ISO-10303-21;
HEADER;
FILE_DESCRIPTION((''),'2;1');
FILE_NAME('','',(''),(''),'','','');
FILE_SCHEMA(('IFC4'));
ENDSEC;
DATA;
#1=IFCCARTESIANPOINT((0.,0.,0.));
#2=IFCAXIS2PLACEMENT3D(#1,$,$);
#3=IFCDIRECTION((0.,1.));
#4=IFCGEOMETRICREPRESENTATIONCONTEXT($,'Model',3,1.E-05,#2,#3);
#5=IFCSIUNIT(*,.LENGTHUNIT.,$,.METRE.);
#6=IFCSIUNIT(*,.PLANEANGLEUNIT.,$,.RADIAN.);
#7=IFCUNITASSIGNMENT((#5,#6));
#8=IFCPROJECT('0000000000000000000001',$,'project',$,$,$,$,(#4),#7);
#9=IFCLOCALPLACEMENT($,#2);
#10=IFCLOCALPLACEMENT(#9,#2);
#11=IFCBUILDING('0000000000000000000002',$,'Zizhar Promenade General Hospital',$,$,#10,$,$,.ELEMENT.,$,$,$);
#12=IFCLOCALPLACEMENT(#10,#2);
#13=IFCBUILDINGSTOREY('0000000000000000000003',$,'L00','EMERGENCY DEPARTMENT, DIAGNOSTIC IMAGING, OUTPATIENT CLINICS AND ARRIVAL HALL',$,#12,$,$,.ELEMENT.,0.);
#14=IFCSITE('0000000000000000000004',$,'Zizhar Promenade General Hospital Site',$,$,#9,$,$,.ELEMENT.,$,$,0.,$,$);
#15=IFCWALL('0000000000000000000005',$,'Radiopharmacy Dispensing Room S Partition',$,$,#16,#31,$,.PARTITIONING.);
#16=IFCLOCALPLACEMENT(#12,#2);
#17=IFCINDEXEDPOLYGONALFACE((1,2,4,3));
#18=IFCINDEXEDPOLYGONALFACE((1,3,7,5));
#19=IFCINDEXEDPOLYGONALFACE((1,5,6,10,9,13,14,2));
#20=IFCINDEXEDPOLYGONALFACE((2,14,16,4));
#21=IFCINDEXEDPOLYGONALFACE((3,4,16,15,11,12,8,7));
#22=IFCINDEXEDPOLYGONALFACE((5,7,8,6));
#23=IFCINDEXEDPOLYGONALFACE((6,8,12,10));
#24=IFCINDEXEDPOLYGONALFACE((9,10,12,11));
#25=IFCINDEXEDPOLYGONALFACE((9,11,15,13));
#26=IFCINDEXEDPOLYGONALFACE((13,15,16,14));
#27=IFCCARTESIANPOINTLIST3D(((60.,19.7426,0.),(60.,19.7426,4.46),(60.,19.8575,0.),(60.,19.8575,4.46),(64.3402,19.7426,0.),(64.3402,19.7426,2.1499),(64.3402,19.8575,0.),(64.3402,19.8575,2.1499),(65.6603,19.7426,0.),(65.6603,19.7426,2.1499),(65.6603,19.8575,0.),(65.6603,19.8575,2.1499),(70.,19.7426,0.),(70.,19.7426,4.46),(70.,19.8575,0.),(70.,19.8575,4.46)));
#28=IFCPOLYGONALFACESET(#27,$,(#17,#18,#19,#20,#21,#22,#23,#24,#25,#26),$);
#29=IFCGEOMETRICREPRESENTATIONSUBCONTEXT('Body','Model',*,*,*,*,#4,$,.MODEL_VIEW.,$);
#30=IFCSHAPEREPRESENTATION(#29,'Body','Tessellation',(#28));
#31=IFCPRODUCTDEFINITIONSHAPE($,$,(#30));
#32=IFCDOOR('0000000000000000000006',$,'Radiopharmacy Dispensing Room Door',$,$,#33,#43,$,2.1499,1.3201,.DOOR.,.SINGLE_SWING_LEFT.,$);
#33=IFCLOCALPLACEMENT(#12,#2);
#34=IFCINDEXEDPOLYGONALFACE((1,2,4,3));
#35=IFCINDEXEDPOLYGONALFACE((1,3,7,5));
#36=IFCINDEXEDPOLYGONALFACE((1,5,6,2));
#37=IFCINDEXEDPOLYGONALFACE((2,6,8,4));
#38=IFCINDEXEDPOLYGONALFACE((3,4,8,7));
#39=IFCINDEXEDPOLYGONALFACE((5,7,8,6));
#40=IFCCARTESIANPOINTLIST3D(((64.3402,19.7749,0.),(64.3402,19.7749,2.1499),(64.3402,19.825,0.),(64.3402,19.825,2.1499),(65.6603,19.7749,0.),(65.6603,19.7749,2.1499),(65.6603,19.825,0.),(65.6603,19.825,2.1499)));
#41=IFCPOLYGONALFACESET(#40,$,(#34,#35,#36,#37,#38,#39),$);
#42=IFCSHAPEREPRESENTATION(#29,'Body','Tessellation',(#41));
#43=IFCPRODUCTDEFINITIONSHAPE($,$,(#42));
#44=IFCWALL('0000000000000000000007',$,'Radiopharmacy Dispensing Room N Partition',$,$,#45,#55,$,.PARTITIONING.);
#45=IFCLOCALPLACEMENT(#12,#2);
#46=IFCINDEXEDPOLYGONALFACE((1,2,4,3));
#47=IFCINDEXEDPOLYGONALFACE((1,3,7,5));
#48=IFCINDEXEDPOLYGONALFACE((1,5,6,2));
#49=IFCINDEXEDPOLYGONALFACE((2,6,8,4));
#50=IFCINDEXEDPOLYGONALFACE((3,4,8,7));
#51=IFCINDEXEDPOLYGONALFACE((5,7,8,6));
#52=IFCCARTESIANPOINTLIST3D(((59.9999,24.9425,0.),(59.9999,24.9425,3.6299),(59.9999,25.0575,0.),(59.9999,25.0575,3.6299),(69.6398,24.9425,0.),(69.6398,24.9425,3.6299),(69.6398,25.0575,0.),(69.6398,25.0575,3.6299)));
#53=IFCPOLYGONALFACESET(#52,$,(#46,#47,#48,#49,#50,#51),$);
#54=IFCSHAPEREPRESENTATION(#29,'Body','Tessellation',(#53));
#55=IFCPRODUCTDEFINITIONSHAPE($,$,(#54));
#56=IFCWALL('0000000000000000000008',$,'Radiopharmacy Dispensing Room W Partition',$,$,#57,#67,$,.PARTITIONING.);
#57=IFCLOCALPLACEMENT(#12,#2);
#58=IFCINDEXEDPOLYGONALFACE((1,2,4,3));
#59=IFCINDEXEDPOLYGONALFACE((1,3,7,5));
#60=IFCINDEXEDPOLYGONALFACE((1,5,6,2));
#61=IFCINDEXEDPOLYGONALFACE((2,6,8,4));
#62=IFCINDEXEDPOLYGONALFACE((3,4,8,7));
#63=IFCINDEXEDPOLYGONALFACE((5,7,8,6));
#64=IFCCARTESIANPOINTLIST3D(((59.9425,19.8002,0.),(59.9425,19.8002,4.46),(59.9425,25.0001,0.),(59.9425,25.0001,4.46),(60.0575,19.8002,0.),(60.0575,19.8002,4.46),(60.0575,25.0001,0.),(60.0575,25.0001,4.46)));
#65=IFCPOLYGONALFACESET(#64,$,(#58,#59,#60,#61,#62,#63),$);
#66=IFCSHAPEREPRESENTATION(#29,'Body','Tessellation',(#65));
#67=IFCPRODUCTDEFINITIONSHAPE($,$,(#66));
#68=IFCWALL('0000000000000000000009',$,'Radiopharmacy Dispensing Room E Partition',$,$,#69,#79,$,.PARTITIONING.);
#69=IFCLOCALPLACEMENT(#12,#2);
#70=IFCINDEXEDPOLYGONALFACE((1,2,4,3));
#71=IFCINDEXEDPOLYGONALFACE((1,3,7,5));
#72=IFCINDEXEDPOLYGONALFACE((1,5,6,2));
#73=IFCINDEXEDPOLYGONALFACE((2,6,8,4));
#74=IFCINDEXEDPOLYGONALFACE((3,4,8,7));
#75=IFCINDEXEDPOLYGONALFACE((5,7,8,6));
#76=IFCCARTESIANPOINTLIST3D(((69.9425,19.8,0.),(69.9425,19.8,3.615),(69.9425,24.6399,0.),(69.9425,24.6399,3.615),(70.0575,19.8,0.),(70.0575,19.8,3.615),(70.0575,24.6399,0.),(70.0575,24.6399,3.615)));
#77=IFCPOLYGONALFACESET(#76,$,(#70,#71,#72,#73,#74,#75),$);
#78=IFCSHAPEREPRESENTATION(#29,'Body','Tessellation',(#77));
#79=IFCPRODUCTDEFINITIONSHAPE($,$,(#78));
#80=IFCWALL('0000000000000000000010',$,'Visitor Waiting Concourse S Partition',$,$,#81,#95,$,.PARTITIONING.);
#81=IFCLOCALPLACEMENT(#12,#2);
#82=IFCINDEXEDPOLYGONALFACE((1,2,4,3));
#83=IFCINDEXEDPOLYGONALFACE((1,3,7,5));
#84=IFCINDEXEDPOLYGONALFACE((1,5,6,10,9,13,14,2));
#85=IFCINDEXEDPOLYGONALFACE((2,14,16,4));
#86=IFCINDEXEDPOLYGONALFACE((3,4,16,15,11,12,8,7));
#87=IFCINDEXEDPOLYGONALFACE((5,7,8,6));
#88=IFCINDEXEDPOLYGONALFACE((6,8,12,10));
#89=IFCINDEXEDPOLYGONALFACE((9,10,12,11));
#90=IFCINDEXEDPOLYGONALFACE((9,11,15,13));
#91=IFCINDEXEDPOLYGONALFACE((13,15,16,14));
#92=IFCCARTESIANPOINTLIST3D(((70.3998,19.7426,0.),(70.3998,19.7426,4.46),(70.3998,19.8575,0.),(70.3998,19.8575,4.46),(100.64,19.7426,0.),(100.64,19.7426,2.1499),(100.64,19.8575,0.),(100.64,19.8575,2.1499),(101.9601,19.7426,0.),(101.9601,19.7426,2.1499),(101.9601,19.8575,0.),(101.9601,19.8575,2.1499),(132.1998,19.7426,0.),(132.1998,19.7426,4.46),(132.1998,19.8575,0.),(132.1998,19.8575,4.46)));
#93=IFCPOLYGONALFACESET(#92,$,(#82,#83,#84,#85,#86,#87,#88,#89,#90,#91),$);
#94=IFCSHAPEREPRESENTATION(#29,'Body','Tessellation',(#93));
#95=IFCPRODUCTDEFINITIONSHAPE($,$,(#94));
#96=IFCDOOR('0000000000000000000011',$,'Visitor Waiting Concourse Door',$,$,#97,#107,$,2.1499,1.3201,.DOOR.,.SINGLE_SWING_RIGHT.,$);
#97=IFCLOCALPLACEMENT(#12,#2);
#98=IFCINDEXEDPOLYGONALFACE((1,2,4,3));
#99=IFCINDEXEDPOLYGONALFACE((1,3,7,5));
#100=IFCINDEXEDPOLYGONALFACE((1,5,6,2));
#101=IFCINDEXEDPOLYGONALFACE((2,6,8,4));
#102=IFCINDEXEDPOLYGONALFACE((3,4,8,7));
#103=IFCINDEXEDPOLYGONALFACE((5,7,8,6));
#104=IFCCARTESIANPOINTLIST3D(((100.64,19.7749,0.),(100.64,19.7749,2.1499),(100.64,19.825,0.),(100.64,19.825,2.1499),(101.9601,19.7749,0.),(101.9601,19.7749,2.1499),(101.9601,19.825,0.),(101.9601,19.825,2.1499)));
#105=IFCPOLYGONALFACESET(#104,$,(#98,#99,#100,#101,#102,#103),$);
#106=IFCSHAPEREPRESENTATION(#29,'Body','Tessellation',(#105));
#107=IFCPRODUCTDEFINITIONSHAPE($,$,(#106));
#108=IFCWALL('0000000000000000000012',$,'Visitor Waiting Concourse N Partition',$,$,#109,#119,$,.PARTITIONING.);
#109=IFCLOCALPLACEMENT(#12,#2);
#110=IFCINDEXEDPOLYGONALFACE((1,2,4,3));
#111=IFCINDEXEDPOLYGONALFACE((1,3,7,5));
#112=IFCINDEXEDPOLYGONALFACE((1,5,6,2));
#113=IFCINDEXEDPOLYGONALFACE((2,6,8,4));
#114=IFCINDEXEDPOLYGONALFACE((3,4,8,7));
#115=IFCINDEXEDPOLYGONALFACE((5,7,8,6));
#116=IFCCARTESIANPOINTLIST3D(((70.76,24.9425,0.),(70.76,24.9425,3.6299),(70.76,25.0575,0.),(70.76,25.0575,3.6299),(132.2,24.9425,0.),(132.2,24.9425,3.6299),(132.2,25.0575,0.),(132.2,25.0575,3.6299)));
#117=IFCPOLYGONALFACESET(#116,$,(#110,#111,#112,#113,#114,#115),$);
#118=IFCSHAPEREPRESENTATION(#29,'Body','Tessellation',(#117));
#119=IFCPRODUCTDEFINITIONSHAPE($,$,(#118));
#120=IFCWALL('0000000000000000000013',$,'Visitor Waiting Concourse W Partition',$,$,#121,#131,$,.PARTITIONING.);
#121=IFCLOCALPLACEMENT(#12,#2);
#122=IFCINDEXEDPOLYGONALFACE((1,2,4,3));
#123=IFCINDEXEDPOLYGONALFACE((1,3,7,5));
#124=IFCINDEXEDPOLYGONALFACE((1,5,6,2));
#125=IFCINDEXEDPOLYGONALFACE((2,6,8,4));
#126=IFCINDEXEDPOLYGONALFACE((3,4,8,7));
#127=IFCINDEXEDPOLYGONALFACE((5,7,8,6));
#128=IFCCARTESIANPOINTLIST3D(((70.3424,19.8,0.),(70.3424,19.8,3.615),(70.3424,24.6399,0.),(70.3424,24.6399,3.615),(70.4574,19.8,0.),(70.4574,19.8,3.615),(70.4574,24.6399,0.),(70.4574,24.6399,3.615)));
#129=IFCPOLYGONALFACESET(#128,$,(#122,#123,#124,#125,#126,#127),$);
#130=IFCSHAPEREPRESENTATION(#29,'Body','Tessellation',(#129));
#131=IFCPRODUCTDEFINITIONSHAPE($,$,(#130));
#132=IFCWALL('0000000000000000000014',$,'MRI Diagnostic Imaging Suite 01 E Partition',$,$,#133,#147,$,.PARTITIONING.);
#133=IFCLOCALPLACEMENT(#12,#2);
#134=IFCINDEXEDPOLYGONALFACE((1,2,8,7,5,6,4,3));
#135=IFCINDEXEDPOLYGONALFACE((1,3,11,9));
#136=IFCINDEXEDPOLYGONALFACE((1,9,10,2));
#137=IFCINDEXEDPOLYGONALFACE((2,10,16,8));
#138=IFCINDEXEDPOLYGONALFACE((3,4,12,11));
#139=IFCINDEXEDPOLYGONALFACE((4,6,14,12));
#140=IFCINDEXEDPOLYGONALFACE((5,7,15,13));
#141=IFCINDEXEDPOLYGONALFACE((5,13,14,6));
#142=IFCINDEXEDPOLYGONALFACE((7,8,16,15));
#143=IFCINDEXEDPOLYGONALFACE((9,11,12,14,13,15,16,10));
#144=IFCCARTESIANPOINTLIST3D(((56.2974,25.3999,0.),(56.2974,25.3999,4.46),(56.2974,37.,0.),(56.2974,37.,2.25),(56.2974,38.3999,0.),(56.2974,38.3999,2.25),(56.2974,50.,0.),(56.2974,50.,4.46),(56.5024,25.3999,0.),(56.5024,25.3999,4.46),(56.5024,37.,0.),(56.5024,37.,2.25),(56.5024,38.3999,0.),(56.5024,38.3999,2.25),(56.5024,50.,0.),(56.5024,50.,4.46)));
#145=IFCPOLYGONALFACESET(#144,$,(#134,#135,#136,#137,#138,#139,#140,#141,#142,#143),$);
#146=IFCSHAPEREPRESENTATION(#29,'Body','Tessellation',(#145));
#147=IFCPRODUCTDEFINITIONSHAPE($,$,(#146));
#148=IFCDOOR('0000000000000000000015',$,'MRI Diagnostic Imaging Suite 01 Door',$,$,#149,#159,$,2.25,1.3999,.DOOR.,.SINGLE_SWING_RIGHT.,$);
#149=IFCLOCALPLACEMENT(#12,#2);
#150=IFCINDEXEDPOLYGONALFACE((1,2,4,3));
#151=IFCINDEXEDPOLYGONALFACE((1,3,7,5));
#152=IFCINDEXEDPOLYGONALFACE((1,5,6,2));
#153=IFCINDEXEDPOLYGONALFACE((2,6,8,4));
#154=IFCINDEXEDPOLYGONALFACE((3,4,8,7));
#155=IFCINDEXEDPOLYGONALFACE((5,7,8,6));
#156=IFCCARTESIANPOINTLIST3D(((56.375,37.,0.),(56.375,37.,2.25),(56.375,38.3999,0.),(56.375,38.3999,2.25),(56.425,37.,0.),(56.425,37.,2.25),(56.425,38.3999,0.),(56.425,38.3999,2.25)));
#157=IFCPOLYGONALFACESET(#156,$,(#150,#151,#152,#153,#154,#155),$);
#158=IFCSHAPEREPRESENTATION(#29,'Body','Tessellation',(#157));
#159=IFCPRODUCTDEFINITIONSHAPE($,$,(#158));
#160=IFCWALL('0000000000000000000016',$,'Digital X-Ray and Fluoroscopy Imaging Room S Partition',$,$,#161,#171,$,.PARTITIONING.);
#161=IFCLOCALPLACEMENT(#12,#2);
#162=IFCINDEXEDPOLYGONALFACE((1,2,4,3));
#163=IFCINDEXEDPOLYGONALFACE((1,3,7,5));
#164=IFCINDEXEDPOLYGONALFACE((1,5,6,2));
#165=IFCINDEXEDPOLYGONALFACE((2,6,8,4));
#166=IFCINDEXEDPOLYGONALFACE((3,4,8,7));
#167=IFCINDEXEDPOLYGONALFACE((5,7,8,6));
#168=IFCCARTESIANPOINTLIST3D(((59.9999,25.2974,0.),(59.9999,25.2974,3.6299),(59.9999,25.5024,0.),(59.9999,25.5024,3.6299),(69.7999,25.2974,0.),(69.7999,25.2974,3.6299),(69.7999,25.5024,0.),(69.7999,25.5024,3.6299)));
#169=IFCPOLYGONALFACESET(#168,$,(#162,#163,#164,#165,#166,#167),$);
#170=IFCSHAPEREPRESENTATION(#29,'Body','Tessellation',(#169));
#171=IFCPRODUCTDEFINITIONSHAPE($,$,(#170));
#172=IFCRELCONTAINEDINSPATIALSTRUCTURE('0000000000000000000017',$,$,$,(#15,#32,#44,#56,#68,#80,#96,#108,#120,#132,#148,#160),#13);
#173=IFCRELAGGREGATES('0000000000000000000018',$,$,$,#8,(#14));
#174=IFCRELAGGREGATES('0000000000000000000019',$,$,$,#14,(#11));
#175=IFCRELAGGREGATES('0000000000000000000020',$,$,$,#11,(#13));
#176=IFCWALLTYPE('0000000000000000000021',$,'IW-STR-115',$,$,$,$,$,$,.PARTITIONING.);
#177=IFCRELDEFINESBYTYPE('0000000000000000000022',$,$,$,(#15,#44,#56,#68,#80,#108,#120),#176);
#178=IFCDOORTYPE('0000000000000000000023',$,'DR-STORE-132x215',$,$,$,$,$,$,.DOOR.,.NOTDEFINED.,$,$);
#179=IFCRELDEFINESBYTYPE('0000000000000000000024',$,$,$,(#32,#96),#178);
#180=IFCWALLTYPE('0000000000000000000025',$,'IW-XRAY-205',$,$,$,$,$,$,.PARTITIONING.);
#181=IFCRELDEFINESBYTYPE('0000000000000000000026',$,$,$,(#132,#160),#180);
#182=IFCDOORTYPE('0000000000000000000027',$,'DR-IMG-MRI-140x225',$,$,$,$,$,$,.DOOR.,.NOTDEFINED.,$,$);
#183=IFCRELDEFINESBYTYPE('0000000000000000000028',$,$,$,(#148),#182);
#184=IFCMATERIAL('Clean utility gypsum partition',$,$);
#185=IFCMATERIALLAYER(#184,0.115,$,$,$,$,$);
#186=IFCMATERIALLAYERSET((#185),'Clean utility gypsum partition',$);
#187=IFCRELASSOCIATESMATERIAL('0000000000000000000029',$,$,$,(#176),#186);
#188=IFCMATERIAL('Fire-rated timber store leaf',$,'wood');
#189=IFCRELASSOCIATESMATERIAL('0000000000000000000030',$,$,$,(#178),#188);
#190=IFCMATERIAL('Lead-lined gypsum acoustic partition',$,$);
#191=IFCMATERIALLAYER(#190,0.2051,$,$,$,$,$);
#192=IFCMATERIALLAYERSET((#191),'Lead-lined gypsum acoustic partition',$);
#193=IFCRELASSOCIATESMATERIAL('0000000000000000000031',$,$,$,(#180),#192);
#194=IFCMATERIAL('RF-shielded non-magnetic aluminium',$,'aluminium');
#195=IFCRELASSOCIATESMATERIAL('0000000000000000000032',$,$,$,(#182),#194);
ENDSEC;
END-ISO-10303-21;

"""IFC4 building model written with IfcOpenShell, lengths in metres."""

from ifc_helpers import new_model, si_unit, direction, frame, frame_2d, origin, place, context, subcontext, project, spatial, rectangle, extrude, material, layer, layer_set, type_object, element, fill, save


model = new_model("IFC4")

# Units and contexts
model_context = context("Model", 3, precision=1e-05, world=origin(), true_north=direction((0.0, 1.0)))
body_context = subcontext(model_context, "Body", "Model", "MODEL_VIEW")
ifc_project = project(units=[si_unit("LENGTHUNIT", "METRE"), si_unit("PLANEANGLEUNIT", "RADIAN")], contexts=[model_context])

# Site, building, storey
site_placement = place(None, origin())
site = spatial("IfcSite", under=ifc_project, at=site_placement, Name="Zizhar Promenade General Hospital Site", CompositionType="ELEMENT", RefElevation=0.0)
building_placement = place(site_placement, origin())
building = spatial("IfcBuilding", under=site, at=building_placement, Name="Zizhar Promenade General Hospital", CompositionType="ELEMENT")
storey_placement = place(building_placement, origin())
storey = spatial("IfcBuildingStorey", under=building, at=storey_placement, Name="L00", Description="EMERGENCY DEPARTMENT, DIAGNOSTIC IMAGING, OUTPATIENT CLINICS AND ARRIVAL HALL", CompositionType="ELEMENT", Elevation=0.0)

# Wall, opening, door
ifc_material_1 = material(Name="Clean utility gypsum partition")
ifc_layer_1 = layer(ifc_material_1, 0.115)
ifc_layer_set_1 = layer_set([ifc_layer_1], Name="Clean utility gypsum partition")
wall_type_1 = type_object("IfcWallType", Name="IW-STR-115", PredefinedType="PARTITIONING", material=ifc_layer_set_1)
wall_1_placement = place(storey_placement, frame((60.0, 19.8, 0.0), z_axis=(0.0, 0.0, 1.0), x_axis=(1.0, 0.0, 0.0)))
wall_1 = element("IfcWall", 1, at=wall_1_placement, inside=storey, type_object=wall_type_1, Name="Radiopharmacy Dispensing Room S Partition", PredefinedType="PARTITIONING", context=body_context, shape_type="SweptSolid", body=[
    extrude(rectangle(XDim=10.0, YDim=0.115, at=frame_2d((5.0, 0.0))), origin(), (0.0, 0.0, 1.0), 4.46),
])
opening_1_placement = place(wall_1_placement, frame((4.3401, 0.0, 0.0)))
opening_1 = element("IfcOpeningElement", 2, at=opening_1_placement, cuts=wall_1, PredefinedType="OPENING", context=body_context, shape_type="SweptSolid", body=[
    extrude(rectangle(XDim=1.3201, YDim=2.1499, at=frame_2d((0.6602, 1.075))), frame((0.0, 0.0674, 0.0), z_axis=(0.0, -1.0, 0.0), x_axis=(1.0, 0.0, 0.0)), (0.0, 0.0, 1.0), 0.135),
])
ifc_material_2 = material(Name="Fire-rated timber store leaf", Category="wood")
door_type_1 = type_object("IfcDoorType", Name="DR-STORE-132x215", OperationType="NOTDEFINED", PredefinedType="DOOR", material=ifc_material_2)
door_1_placement = place(opening_1_placement, origin())
door_1 = element("IfcDoor", 3, at=door_1_placement, inside=storey, type_object=door_type_1, Name="Radiopharmacy Dispensing Room Door", OperationType="SINGLE_SWING_LEFT", OverallHeight=2.1499, OverallWidth=1.3201, PredefinedType="DOOR", context=body_context, shape_type="SweptSolid", body=[
    extrude(rectangle(XDim=1.3201, YDim=2.1499, at=frame_2d((0.6602, 1.075))), frame((0.0, 0.0249, 0.0), z_axis=(0.0, -1.0, 0.0), x_axis=(1.0, 0.0, 0.0)), (0.0, 0.0, 1.0), 0.05),
])
fill(opening_1, door_1)

# Walls
wall_2_placement = place(storey_placement, frame((60.0, 25.0, 0.0), z_axis=(0.0, 0.0, 1.0), x_axis=(1.0, 0.0, 0.0)))
element("IfcWall", 4, at=wall_2_placement, inside=storey, type_object=wall_type_1, Name="Radiopharmacy Dispensing Room N Partition", PredefinedType="PARTITIONING", context=body_context, shape_type="SweptSolid", body=[
    extrude(rectangle(XDim=9.6399, YDim=0.115, at=frame_2d((4.8198, 0.0))), origin(), (0.0, 0.0, 1.0), 3.6299),
])
wall_3_placement = place(storey_placement, frame((60.0, 19.8, 0.0), z_axis=(0.0, 0.0, 1.0), x_axis=(0.0, 1.0, 0.0)))
element("IfcWall", 5, at=wall_3_placement, inside=storey, type_object=wall_type_1, Name="Radiopharmacy Dispensing Room W Partition", PredefinedType="PARTITIONING", context=body_context, shape_type="SweptSolid", body=[
    extrude(rectangle(XDim=5.2, YDim=0.115, at=frame_2d((2.6001, 0.0))), origin(), (0.0, 0.0, 1.0), 4.46),
])
wall_4_placement = place(storey_placement, frame((70.0, 19.8, 0.0), z_axis=(0.0, 0.0, 1.0), x_axis=(0.0, 1.0, 0.0)))
element("IfcWall", 6, at=wall_4_placement, inside=storey, type_object=wall_type_1, Name="Radiopharmacy Dispensing Room E Partition", PredefinedType="PARTITIONING", context=body_context, shape_type="SweptSolid", body=[
    extrude(rectangle(XDim=4.8398, YDim=0.115, at=frame_2d((2.4199, 0.0))), origin(), (0.0, 0.0, 1.0), 3.615),
])

# Wall, opening, door
wall_5_placement = place(storey_placement, frame((70.3999, 19.8, 0.0), z_axis=(0.0, 0.0, 1.0), x_axis=(1.0, 0.0, 0.0)))
wall_5 = element("IfcWall", 7, at=wall_5_placement, inside=storey, type_object=wall_type_1, Name="Visitor Waiting Concourse S Partition", PredefinedType="PARTITIONING", context=body_context, shape_type="SweptSolid", body=[
    extrude(rectangle(XDim=61.8, YDim=0.115, at=frame_2d((30.8999, 0.0))), origin(), (0.0, 0.0, 1.0), 4.46),
])
opening_2_placement = place(wall_5_placement, frame((30.24, 0.0, 0.0)))
opening_2 = element("IfcOpeningElement", 8, at=opening_2_placement, cuts=wall_5, PredefinedType="OPENING", context=body_context, shape_type="SweptSolid", body=[
    extrude(rectangle(XDim=1.3201, YDim=2.1499, at=frame_2d((0.6602, 1.075))), frame((0.0, 0.0674, 0.0), z_axis=(0.0, -1.0, 0.0), x_axis=(1.0, 0.0, 0.0)), (0.0, 0.0, 1.0), 0.135),
])
door_2_placement = place(opening_2_placement, origin())
door_2 = element("IfcDoor", 9, at=door_2_placement, inside=storey, type_object=door_type_1, Name="Visitor Waiting Concourse Door", OperationType="SINGLE_SWING_RIGHT", OverallHeight=2.1499, OverallWidth=1.3201, PredefinedType="DOOR", context=body_context, shape_type="SweptSolid", body=[
    extrude(rectangle(XDim=1.3201, YDim=2.1499, at=frame_2d((0.6602, 1.075))), frame((0.0, 0.0249, 0.0), z_axis=(0.0, -1.0, 0.0), x_axis=(1.0, 0.0, 0.0)), (0.0, 0.0, 1.0), 0.05),
])
fill(opening_2, door_2)

# Walls
wall_6_placement = place(storey_placement, frame((70.76, 25.0, 0.0), z_axis=(0.0, 0.0, 1.0), x_axis=(1.0, 0.0, 0.0)))
element("IfcWall", 10, at=wall_6_placement, inside=storey, type_object=wall_type_1, Name="Visitor Waiting Concourse N Partition", PredefinedType="PARTITIONING", context=body_context, shape_type="SweptSolid", body=[
    extrude(rectangle(XDim=61.4399, YDim=0.115, at=frame_2d((30.72, 0.0))), origin(), (0.0, 0.0, 1.0), 3.6299),
])
wall_7_placement = place(storey_placement, frame((70.3999, 19.8, 0.0), z_axis=(0.0, 0.0, 1.0), x_axis=(0.0, 1.0, 0.0)))
element("IfcWall", 11, at=wall_7_placement, inside=storey, type_object=wall_type_1, Name="Visitor Waiting Concourse W Partition", PredefinedType="PARTITIONING", context=body_context, shape_type="SweptSolid", body=[
    extrude(rectangle(XDim=4.8398, YDim=0.115, at=frame_2d((2.4199, 0.0))), origin(), (0.0, 0.0, 1.0), 3.615),
])

# Wall, opening, door
ifc_material_3 = material(Name="Lead-lined gypsum acoustic partition")
ifc_layer_2 = layer(ifc_material_3, 0.2051)
ifc_layer_set_2 = layer_set([ifc_layer_2], Name="Lead-lined gypsum acoustic partition")
wall_type_2 = type_object("IfcWallType", Name="IW-XRAY-205", PredefinedType="PARTITIONING", material=ifc_layer_set_2)
wall_8_placement = place(storey_placement, frame((56.3999, 25.3999, 0.0), z_axis=(0.0, 0.0, 1.0), x_axis=(0.0, 1.0, 0.0)))
wall_8 = element("IfcWall", 12, at=wall_8_placement, inside=storey, type_object=wall_type_2, Name="MRI Diagnostic Imaging Suite 01 E Partition", PredefinedType="PARTITIONING", context=body_context, shape_type="SweptSolid", body=[
    extrude(rectangle(XDim=24.6001, YDim=0.2051, at=frame_2d((12.3, 0.0))), origin(), (0.0, 0.0, 1.0), 4.46),
])
opening_3_placement = place(wall_8_placement, frame((11.6001, 0.0, 0.0)))
opening_3 = element("IfcOpeningElement", 13, at=opening_3_placement, cuts=wall_8, PredefinedType="OPENING", context=body_context, shape_type="SweptSolid", body=[
    extrude(rectangle(XDim=1.3999, YDim=2.25, at=frame_2d((0.7, 1.125))), frame((0.0, 0.1125, 0.0), z_axis=(0.0, -1.0, 0.0), x_axis=(1.0, 0.0, 0.0)), (0.0, 0.0, 1.0), 0.2251),
])
ifc_material_4 = material(Name="RF-shielded non-magnetic aluminium", Category="aluminium")
door_type_2 = type_object("IfcDoorType", Name="DR-IMG-MRI-140x225", OperationType="NOTDEFINED", PredefinedType="DOOR", material=ifc_material_4)
door_3_placement = place(opening_3_placement, origin())
door_3 = element("IfcDoor", 14, at=door_3_placement, inside=storey, type_object=door_type_2, Name="MRI Diagnostic Imaging Suite 01 Door", OperationType="SINGLE_SWING_RIGHT", OverallHeight=2.25, OverallWidth=1.3999, PredefinedType="DOOR", context=body_context, shape_type="SweptSolid", body=[
    extrude(rectangle(XDim=1.3999, YDim=2.25, at=frame_2d((0.7, 1.125))), frame((0.0, 0.0249, 0.0), z_axis=(0.0, -1.0, 0.0), x_axis=(1.0, 0.0, 0.0)), (0.0, 0.0, 1.0), 0.05),
])
fill(opening_3, door_3)

# Wall
wall_9_placement = place(storey_placement, frame((60.0, 25.3999, 0.0), z_axis=(0.0, 0.0, 1.0), x_axis=(1.0, 0.0, 0.0)))
element("IfcWall", 15, at=wall_9_placement, inside=storey, type_object=wall_type_2, Name="Digital X-Ray and Fluoroscopy Imaging Room S Partition", PredefinedType="PARTITIONING", context=body_context, shape_type="SweptSolid", body=[
    extrude(rectangle(XDim=9.8, YDim=0.2051, at=frame_2d((4.8999, 0.0))), origin(), (0.0, 0.0, 1.0), 3.6299),
])

save(model, "model.ifc")
